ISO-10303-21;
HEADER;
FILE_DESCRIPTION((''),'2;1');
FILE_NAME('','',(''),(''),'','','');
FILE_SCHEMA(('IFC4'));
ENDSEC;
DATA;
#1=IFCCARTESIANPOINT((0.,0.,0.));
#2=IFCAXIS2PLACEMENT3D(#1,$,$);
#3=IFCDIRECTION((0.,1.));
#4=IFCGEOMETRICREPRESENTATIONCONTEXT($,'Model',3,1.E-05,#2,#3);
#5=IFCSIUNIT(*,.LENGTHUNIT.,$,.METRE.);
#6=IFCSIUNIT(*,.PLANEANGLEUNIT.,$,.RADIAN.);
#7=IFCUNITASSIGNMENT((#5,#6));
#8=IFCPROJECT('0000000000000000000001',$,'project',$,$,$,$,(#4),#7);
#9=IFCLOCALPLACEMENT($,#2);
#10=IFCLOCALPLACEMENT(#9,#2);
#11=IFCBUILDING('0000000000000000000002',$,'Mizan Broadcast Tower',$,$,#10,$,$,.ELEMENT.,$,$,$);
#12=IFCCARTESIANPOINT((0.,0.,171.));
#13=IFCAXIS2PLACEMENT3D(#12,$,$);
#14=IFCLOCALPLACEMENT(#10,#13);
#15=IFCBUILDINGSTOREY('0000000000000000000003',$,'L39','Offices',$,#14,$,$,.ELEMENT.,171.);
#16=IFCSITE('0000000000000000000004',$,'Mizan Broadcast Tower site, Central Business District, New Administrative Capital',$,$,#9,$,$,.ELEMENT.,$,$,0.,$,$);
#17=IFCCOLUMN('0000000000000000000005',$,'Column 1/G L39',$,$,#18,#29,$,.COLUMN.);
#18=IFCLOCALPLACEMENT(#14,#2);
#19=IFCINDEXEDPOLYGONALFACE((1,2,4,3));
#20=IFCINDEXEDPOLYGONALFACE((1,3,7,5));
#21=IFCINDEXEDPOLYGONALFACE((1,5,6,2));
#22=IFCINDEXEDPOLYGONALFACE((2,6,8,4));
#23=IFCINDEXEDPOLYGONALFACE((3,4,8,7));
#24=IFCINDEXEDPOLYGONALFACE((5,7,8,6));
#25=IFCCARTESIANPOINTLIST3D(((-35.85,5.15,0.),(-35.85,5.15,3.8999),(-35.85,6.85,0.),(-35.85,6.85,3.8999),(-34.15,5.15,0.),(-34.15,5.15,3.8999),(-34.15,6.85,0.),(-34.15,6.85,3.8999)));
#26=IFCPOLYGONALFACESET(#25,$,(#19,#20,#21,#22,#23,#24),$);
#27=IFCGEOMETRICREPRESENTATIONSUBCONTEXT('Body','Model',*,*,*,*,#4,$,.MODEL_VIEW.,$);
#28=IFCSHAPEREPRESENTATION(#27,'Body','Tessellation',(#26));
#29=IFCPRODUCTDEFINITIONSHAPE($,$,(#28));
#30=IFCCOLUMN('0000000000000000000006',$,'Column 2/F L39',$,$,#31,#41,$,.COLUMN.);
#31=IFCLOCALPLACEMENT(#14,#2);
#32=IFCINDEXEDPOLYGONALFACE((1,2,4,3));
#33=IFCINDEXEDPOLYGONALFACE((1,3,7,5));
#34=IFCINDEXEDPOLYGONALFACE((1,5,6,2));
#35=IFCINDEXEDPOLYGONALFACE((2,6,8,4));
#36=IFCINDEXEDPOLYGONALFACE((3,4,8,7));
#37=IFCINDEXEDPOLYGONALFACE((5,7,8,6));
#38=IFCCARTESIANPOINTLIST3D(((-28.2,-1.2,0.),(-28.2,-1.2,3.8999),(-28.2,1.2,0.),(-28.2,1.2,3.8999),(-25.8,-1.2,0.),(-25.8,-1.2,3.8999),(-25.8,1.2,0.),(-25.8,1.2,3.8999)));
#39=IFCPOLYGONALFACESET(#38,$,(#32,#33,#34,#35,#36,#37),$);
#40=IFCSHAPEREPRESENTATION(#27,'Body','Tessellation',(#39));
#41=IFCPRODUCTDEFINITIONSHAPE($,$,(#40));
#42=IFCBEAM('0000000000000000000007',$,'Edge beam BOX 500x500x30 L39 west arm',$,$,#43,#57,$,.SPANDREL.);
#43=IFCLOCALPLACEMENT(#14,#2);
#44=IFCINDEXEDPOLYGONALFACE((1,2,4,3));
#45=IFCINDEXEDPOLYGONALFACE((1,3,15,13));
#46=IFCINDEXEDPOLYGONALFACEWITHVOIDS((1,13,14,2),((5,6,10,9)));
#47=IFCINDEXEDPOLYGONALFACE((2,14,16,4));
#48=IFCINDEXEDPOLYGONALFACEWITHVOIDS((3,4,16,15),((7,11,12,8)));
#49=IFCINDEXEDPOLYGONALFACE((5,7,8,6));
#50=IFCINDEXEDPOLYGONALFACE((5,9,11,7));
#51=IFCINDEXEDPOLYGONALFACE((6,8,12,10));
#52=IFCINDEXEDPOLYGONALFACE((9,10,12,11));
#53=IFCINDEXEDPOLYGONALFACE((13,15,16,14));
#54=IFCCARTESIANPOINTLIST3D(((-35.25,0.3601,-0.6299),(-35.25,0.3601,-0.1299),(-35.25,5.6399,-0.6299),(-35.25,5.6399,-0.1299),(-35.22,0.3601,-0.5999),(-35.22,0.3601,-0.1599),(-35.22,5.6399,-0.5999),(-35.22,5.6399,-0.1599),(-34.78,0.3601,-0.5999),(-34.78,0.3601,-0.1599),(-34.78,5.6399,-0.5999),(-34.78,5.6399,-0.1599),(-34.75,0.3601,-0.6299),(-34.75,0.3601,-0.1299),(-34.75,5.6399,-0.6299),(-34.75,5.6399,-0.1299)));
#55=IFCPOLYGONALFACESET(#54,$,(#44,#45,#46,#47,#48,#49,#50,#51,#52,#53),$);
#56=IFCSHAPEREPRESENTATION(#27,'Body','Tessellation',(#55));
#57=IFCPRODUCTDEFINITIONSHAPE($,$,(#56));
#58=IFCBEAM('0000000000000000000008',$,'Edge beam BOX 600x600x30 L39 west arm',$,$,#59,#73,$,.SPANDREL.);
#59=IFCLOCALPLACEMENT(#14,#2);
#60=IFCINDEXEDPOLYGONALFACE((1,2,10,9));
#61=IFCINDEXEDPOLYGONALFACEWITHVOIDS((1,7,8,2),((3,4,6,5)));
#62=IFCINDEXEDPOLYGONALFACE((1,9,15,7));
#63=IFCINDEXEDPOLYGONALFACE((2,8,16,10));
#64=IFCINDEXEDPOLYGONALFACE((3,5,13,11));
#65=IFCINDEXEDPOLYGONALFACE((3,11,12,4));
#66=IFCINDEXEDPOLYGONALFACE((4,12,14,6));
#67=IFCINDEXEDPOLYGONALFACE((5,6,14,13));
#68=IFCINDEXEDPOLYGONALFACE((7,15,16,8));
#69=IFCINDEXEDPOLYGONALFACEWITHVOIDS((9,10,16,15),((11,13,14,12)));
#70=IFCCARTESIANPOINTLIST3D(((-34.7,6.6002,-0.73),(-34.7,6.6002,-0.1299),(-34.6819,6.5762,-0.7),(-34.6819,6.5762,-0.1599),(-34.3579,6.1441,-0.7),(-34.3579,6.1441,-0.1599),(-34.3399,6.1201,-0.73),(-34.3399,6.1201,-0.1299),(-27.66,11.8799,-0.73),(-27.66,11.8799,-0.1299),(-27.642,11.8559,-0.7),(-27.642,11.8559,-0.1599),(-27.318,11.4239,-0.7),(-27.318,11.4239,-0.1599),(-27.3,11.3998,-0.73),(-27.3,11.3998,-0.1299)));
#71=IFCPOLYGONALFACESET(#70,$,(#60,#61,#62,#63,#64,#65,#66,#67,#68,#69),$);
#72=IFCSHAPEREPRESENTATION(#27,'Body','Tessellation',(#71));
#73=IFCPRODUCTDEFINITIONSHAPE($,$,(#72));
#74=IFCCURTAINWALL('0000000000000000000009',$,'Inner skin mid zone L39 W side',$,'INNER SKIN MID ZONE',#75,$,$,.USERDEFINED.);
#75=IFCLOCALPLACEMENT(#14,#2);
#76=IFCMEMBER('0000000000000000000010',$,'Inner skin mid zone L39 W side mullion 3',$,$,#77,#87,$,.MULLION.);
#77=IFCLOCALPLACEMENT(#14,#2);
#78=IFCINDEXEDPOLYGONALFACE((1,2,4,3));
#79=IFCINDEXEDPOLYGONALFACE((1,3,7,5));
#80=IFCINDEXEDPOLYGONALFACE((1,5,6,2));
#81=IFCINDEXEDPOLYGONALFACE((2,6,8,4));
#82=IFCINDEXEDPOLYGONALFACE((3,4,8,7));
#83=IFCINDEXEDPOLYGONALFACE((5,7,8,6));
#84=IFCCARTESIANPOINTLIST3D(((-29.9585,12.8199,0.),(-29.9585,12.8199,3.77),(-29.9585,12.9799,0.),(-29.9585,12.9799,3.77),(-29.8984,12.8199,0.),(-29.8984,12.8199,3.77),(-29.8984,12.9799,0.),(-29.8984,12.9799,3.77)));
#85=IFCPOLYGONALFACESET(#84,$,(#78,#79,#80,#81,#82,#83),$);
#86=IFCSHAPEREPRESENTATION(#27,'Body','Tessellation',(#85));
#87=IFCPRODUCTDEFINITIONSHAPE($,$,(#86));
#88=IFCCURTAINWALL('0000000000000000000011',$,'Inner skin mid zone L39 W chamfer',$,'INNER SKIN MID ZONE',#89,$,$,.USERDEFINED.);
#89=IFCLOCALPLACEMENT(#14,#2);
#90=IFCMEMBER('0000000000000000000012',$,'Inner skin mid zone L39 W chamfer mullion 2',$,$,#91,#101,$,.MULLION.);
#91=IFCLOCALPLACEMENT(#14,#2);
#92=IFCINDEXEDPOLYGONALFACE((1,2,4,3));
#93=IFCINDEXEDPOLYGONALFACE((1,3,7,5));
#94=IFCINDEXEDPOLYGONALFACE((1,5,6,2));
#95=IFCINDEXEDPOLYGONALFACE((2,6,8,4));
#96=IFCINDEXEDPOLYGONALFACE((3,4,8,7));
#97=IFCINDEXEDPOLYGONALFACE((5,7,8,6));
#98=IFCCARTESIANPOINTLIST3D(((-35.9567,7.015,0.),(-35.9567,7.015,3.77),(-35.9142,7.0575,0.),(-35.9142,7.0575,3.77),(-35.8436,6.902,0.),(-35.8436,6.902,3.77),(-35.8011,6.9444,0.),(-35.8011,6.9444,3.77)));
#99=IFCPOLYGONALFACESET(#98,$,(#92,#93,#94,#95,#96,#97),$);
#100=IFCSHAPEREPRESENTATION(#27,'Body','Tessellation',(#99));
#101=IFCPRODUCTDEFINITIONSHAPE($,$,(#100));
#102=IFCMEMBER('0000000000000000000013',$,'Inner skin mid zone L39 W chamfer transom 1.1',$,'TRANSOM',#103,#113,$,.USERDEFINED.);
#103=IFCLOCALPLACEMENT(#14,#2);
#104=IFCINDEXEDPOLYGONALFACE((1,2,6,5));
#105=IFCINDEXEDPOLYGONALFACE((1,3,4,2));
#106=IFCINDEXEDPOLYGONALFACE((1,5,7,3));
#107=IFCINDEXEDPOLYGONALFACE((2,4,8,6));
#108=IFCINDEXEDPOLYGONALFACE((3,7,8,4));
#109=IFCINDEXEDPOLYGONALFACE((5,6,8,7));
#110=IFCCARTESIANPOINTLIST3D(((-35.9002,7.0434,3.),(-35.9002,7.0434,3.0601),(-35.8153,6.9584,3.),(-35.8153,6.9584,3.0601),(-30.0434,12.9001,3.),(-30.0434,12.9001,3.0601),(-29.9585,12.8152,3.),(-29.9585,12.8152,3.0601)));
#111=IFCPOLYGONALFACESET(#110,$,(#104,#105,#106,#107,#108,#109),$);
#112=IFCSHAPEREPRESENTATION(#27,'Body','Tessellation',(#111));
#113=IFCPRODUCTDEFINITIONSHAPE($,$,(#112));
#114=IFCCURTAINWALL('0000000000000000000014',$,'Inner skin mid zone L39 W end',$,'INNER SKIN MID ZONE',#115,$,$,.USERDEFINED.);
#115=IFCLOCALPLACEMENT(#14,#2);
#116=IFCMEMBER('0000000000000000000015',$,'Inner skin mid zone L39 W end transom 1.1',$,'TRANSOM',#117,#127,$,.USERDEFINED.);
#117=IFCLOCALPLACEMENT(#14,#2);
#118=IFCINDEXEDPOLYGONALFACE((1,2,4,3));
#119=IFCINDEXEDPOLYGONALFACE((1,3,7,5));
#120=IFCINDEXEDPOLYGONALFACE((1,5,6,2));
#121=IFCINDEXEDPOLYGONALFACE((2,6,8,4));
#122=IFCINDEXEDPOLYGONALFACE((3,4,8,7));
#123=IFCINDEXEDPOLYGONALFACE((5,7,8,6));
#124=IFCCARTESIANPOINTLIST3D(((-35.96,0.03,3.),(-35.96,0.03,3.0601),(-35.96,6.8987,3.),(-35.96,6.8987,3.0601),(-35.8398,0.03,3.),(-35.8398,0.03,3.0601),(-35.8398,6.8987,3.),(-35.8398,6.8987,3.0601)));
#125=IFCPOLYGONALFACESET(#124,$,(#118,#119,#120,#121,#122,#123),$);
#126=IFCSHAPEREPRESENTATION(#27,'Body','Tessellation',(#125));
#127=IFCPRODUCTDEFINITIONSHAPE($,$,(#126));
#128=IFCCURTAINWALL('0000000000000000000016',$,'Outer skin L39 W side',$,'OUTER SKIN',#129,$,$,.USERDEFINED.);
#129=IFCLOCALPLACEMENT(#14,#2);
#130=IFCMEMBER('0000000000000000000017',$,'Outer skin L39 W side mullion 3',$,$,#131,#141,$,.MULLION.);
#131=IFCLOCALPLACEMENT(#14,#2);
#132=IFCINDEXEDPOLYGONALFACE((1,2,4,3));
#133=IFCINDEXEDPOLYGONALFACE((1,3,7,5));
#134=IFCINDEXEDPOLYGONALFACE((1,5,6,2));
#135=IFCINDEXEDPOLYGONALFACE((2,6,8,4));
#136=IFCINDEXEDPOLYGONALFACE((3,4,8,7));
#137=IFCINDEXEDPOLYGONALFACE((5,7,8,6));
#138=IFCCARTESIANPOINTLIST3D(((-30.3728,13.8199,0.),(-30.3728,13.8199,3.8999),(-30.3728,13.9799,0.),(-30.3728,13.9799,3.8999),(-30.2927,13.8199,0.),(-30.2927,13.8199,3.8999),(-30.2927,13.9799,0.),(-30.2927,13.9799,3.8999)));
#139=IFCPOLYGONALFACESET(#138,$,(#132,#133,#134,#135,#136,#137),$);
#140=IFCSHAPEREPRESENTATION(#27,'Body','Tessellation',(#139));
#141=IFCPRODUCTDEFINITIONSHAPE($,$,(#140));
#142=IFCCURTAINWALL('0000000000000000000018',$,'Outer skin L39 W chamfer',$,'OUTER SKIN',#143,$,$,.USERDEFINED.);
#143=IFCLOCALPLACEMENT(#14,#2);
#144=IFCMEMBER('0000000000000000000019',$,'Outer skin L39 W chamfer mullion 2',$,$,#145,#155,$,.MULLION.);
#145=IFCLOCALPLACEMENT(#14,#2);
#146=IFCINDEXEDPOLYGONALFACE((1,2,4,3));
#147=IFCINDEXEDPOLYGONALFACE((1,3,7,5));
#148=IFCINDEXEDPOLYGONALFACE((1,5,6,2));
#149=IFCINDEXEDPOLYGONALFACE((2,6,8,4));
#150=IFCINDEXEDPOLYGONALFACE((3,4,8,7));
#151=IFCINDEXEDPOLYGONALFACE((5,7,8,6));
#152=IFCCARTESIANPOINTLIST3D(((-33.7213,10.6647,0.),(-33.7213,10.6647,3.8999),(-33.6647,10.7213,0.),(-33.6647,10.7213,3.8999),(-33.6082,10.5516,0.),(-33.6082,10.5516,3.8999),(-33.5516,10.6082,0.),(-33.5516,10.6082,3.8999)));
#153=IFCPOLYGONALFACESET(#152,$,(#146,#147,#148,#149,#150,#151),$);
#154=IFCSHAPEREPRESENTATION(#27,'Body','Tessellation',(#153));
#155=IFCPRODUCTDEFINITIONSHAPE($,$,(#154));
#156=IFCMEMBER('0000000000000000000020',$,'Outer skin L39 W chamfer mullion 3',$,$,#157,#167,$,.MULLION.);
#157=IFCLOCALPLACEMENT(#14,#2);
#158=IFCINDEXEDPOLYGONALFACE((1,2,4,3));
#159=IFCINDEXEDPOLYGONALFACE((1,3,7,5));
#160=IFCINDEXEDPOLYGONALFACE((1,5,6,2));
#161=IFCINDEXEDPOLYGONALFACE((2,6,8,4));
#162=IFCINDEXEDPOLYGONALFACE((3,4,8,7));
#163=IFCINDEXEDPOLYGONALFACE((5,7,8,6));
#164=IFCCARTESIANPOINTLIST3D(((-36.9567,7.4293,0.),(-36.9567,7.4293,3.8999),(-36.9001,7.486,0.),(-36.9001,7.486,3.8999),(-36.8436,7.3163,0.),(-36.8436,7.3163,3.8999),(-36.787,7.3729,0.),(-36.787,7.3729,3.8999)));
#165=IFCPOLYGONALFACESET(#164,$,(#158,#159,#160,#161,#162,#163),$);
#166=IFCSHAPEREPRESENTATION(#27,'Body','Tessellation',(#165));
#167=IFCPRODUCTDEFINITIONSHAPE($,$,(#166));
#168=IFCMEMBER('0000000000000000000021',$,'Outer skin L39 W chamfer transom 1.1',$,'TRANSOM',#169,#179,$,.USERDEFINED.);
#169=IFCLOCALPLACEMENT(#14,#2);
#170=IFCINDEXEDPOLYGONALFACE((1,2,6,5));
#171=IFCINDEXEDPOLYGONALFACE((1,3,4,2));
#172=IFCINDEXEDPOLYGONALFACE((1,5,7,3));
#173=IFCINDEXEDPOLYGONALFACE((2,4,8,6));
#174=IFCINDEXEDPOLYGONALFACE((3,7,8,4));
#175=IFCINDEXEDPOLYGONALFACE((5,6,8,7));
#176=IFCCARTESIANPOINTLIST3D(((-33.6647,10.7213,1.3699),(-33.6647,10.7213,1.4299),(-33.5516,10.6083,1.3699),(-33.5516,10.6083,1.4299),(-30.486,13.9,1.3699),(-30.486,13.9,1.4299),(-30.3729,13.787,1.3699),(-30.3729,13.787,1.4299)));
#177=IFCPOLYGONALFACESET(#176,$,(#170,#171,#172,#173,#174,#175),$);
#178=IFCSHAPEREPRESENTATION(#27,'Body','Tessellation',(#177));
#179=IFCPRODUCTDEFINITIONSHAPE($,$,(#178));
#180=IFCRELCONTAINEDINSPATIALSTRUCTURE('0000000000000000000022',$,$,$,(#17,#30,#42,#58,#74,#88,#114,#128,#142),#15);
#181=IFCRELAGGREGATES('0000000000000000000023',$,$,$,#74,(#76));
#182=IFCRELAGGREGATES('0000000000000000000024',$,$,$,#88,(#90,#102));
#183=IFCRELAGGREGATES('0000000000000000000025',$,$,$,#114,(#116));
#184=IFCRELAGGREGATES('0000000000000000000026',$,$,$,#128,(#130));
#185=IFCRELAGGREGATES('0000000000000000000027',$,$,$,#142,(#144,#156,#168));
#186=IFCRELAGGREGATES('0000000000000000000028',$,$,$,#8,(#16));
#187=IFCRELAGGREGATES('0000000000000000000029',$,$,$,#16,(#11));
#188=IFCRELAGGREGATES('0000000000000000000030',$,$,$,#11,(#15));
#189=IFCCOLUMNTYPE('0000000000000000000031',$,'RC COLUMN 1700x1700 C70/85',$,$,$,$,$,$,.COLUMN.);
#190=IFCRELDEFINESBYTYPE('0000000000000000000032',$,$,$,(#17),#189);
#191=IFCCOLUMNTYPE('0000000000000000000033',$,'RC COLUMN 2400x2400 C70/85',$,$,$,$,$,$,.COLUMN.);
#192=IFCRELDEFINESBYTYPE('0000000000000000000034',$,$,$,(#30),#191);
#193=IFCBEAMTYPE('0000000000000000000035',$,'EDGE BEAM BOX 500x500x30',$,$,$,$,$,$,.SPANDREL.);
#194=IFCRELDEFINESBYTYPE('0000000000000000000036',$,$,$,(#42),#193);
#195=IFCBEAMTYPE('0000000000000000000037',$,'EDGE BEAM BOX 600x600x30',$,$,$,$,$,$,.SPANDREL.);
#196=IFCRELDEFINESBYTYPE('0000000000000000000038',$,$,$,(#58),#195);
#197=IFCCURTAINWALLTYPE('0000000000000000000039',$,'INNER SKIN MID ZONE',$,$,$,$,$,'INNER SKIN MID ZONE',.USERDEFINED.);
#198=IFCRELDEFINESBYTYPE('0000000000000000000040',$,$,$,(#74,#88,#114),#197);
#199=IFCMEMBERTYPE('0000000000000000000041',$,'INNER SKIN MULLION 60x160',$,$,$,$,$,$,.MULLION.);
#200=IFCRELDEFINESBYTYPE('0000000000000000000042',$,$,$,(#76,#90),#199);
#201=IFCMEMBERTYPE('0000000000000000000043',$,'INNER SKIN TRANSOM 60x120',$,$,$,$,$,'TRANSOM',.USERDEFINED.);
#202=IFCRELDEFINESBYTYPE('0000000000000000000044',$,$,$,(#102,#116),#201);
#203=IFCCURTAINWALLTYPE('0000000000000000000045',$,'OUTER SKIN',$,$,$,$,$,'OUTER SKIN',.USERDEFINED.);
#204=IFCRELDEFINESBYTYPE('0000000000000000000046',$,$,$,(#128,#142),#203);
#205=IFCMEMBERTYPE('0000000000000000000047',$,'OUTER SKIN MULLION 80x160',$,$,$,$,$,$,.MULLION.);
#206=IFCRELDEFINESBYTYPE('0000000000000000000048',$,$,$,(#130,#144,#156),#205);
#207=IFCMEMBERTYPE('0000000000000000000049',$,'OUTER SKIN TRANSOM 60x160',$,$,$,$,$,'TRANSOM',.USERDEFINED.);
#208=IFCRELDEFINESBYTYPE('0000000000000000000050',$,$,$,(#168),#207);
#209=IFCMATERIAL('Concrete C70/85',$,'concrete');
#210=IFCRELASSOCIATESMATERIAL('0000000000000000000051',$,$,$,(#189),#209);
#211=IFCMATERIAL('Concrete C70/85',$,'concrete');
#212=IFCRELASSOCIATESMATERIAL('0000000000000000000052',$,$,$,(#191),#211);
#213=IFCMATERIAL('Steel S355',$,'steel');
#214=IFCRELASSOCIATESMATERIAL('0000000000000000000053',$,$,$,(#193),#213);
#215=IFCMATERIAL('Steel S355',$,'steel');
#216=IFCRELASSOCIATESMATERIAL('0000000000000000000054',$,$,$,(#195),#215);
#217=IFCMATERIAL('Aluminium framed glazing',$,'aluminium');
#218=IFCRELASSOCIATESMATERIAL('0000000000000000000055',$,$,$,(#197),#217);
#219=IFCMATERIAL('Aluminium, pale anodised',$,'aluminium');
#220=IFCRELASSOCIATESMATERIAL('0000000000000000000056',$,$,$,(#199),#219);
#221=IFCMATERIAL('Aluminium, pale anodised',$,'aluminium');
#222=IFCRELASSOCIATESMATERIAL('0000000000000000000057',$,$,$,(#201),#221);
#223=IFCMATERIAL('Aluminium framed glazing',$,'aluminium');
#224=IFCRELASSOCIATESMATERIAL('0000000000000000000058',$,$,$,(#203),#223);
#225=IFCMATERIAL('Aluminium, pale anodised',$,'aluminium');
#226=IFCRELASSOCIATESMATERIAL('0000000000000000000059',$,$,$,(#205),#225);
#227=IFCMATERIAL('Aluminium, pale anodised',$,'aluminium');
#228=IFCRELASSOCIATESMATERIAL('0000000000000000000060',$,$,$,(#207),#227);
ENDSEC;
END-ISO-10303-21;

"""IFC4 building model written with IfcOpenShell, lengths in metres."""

from ifc_helpers import new_model, si_unit, direction, frame, origin, origin_2d, place, context, subcontext, project, spatial, rectangle, hollow_rectangle, extrude, material, material_profile, profile_set, type_object, element, aggregate, save


model = new_model("IFC4")

# Units and contexts
model_context = context("Model", 3, precision=1e-05, world=origin(), true_north=direction((0.0, 1.0)))
body_context = subcontext(model_context, "Body", "Model", "MODEL_VIEW")
ifc_project = project(units=[si_unit("LENGTHUNIT", "METRE"), si_unit("PLANEANGLEUNIT", "RADIAN")], contexts=[model_context])

# Site, building, storey
site_placement = place(None, origin())
site = spatial("IfcSite", under=ifc_project, at=site_placement, Name="Mizan Broadcast Tower site, Central Business District, New Administrative Capital", CompositionType="ELEMENT", RefElevation=0.0)
building_placement = place(site_placement, origin())
building = spatial("IfcBuilding", under=site, at=building_placement, Name="Mizan Broadcast Tower", CompositionType="ELEMENT")
storey_placement = place(building_placement, frame((0.0, 0.0, 171.0)))
storey = spatial("IfcBuildingStorey", under=building, at=storey_placement, Name="L39", Description="Offices", CompositionType="ELEMENT", Elevation=171.0)

# Columns
ifc_material_1 = material(Name="Concrete C70/85", Category="concrete")
ifc_material_profile_1 = material_profile(ifc_material_1, rectangle(XDim=1.7, YDim=1.7, at=origin_2d()), Name="RC 1700x1700")
ifc_profile_set_1 = profile_set([ifc_material_profile_1], Name="Concrete C70/85")
column_type_1 = type_object("IfcColumnType", Name="RC COLUMN 1700x1700 C70/85", PredefinedType="COLUMN", material=ifc_profile_set_1)
column_1_placement = place(storey_placement, frame((-35.0, 6.0, 0.0), z_axis=(0.0, 0.0, 1.0), x_axis=(1.0, 0.0, 0.0)))
element("IfcColumn", 1, at=column_1_placement, inside=storey, type_object=column_type_1, Name="Column 1/G L39", PredefinedType="COLUMN", context=body_context, shape_type="SweptSolid", body=[
    extrude(rectangle(XDim=1.7, YDim=1.7, at=origin_2d()), origin(), (0.0, 0.0, 1.0), 3.8999),
])
ifc_material_2 = material(Name="Concrete C70/85", Category="concrete")
ifc_material_profile_2 = material_profile(ifc_material_2, rectangle(XDim=2.3999, YDim=2.3999, at=origin_2d()), Name="RC 2400x2400")
ifc_profile_set_2 = profile_set([ifc_material_profile_2], Name="Concrete C70/85")
column_type_2 = type_object("IfcColumnType", Name="RC COLUMN 2400x2400 C70/85", PredefinedType="COLUMN", material=ifc_profile_set_2)
column_2_placement = place(storey_placement, frame((-27.0, 0.0, 0.0), z_axis=(0.0, 0.0, 1.0), x_axis=(1.0, 0.0, 0.0)))
element("IfcColumn", 2, at=column_2_placement, inside=storey, type_object=column_type_2, Name="Column 2/F L39", PredefinedType="COLUMN", context=body_context, shape_type="SweptSolid", body=[
    extrude(rectangle(XDim=2.3999, YDim=2.3999, at=origin_2d()), origin(), (0.0, 0.0, 1.0), 3.8999),
])

# Beams
ifc_material_3 = material(Name="Steel S355", Category="steel")
ifc_material_profile_3 = material_profile(ifc_material_3, hollow_rectangle(XDim=0.5, YDim=0.5, WallThickness=0.03, at=origin_2d()), Name="BOX 500x500x30")
ifc_profile_set_3 = profile_set([ifc_material_profile_3], Name="Steel S355")
beam_type_1 = type_object("IfcBeamType", Name="EDGE BEAM BOX 500x500x30", PredefinedType="SPANDREL", material=ifc_profile_set_3)
beam_1_placement = place(storey_placement, frame((-35.0, 5.6399, -0.3799), z_axis=(0.0, -1.0, 0.0), x_axis=(1.0, 0.0, 0.0)))
element("IfcBeam", 3, at=beam_1_placement, inside=storey, type_object=beam_type_1, Name="Edge beam BOX 500x500x30 L39 west arm", PredefinedType="SPANDREL", context=body_context, shape_type="SweptSolid", body=[
    extrude(hollow_rectangle(XDim=0.5, YDim=0.5, WallThickness=0.03, at=origin_2d()), origin(), (0.0, 0.0, 1.0), 5.2798),
])
ifc_material_4 = material(Name="Steel S355", Category="steel")
ifc_material_profile_4 = material_profile(ifc_material_4, hollow_rectangle(XDim=0.6001, YDim=0.6001, WallThickness=0.03, at=origin_2d()), Name="BOX 600x600x30")
ifc_profile_set_4 = profile_set([ifc_material_profile_4], Name="Steel S355")
beam_type_2 = type_object("IfcBeamType", Name="EDGE BEAM BOX 600x600x30", PredefinedType="SPANDREL", material=ifc_profile_set_4)
beam_2_placement = place(storey_placement, frame((-27.48, 11.6399, -0.4299), z_axis=(-0.800013, -0.599982, 0.0), x_axis=(0.599982, -0.800013, 0.0)))
element("IfcBeam", 4, at=beam_2_placement, inside=storey, type_object=beam_type_2, Name="Edge beam BOX 600x600x30 L39 west arm", PredefinedType="SPANDREL", context=body_context, shape_type="SweptSolid", body=[
    extrude(hollow_rectangle(XDim=0.6001, YDim=0.6001, WallThickness=0.03, at=origin_2d()), origin(), (0.0, 0.0, 1.0), 8.7998),
])

# Curtain wall, member
ifc_material_5 = material(Name="Aluminium framed glazing", Category="aluminium")
curtain_wall_type_1 = type_object("IfcCurtainWallType", Name="INNER SKIN MID ZONE", ElementType="INNER SKIN MID ZONE", PredefinedType="USERDEFINED", material=ifc_material_5)
curtain_wall_1_placement = place(storey_placement, origin())
curtain_wall_1 = element("IfcCurtainWall", 5, at=curtain_wall_1_placement, inside=storey, type_object=curtain_wall_type_1, Name="Inner skin mid zone L39 W side", ObjectType="INNER SKIN MID ZONE", PredefinedType="USERDEFINED")
ifc_material_6 = material(Name="Aluminium, pale anodised", Category="aluminium")
ifc_material_profile_5 = material_profile(ifc_material_6, rectangle(XDim=0.1599, YDim=0.0601, at=origin_2d()), Name="MULLION 160x60")
ifc_profile_set_5 = profile_set([ifc_material_profile_5], Name="Aluminium, pale anodised")
member_type_1 = type_object("IfcMemberType", Name="INNER SKIN MULLION 60x160", PredefinedType="MULLION", material=ifc_profile_set_5)
member_1_placement = place(storey_placement, frame((-29.9285, 12.8999, 0.0), z_axis=(0.0, 0.0, 1.0), x_axis=(0.0, -1.0, 0.0)))
member_1 = element("IfcMember", 6, at=member_1_placement, type_object=member_type_1, Name="Inner skin mid zone L39 W side mullion 3", PredefinedType="MULLION", context=body_context, shape_type="SweptSolid", body=[
    extrude(rectangle(XDim=0.1599, YDim=0.0601, at=origin_2d()), origin(), (0.0, 0.0, 1.0), 3.77),
])

# Curtain wall, members
curtain_wall_2_placement = place(storey_placement, origin())
curtain_wall_2 = element("IfcCurtainWall", 7, at=curtain_wall_2_placement, inside=storey, type_object=curtain_wall_type_1, Name="Inner skin mid zone L39 W chamfer", ObjectType="INNER SKIN MID ZONE", PredefinedType="USERDEFINED")
member_2_placement = place(storey_placement, frame((-35.8789, 6.9797, 0.0), z_axis=(0.0, 0.0, 1.0), x_axis=(0.707107, -0.707107, 0.0)))
member_2 = element("IfcMember", 8, at=member_2_placement, type_object=member_type_1, Name="Inner skin mid zone L39 W chamfer mullion 2", PredefinedType="MULLION", context=body_context, shape_type="SweptSolid", body=[
    extrude(rectangle(XDim=0.1599, YDim=0.0601, at=origin_2d()), origin(), (0.0, 0.0, 1.0), 3.77),
])
ifc_material_7 = material(Name="Aluminium, pale anodised", Category="aluminium")
ifc_material_profile_6 = material_profile(ifc_material_7, rectangle(XDim=0.1201, YDim=0.0601, at=origin_2d()), Name="TRANSOM 120x60")
ifc_profile_set_6 = profile_set([ifc_material_profile_6], Name="Aluminium, pale anodised")
member_type_2 = type_object("IfcMemberType", Name="INNER SKIN TRANSOM 60x120", ElementType="TRANSOM", PredefinedType="USERDEFINED", material=ifc_profile_set_6)
member_3_placement = place(storey_placement, frame((-30.001, 12.8577, 3.03), z_axis=(-0.707107, -0.707107, 0.0), x_axis=(0.707107, -0.707107, 0.0)))
member_3 = element("IfcMember", 9, at=member_3_placement, type_object=member_type_2, Name="Inner skin mid zone L39 W chamfer transom 1.1", ObjectType="TRANSOM", PredefinedType="USERDEFINED", context=body_context, shape_type="SweptSolid", body=[
    extrude(rectangle(XDim=0.1201, YDim=0.0601, at=origin_2d()), origin(), (0.0, 0.0, 1.0), 8.2827),
])

# Curtain walls, members
curtain_wall_3_placement = place(storey_placement, origin())
curtain_wall_3 = element("IfcCurtainWall", 10, at=curtain_wall_3_placement, inside=storey, type_object=curtain_wall_type_1, Name="Inner skin mid zone L39 W end", ObjectType="INNER SKIN MID ZONE", PredefinedType="USERDEFINED")
member_4_placement = place(storey_placement, frame((-35.8999, 6.8987, 3.03), z_axis=(0.0, -1.0, 0.0), x_axis=(1.0, 0.0, 0.0)))
member_4 = element("IfcMember", 11, at=member_4_placement, type_object=member_type_2, Name="Inner skin mid zone L39 W end transom 1.1", ObjectType="TRANSOM", PredefinedType="USERDEFINED", context=body_context, shape_type="SweptSolid", body=[
    extrude(rectangle(XDim=0.1201, YDim=0.0601, at=origin_2d()), origin(), (0.0, 0.0, 1.0), 6.8687),
])
ifc_material_8 = material(Name="Aluminium framed glazing", Category="aluminium")
curtain_wall_type_2 = type_object("IfcCurtainWallType", Name="OUTER SKIN", ElementType="OUTER SKIN", PredefinedType="USERDEFINED", material=ifc_material_8)
curtain_wall_4_placement = place(storey_placement, origin())
curtain_wall_4 = element("IfcCurtainWall", 12, at=curtain_wall_4_placement, inside=storey, type_object=curtain_wall_type_2, Name="Outer skin L39 W side", ObjectType="OUTER SKIN", PredefinedType="USERDEFINED")
ifc_material_9 = material(Name="Aluminium, pale anodised", Category="aluminium")
ifc_material_profile_7 = material_profile(ifc_material_9, rectangle(XDim=0.1599, YDim=0.0801, at=origin_2d()), Name="MULLION 160x80")
ifc_profile_set_7 = profile_set([ifc_material_profile_7], Name="Aluminium, pale anodised")
member_type_3 = type_object("IfcMemberType", Name="OUTER SKIN MULLION 80x160", PredefinedType="MULLION", material=ifc_profile_set_7)
member_5_placement = place(storey_placement, frame((-30.3328, 13.8999, 0.0), z_axis=(0.0, 0.0, 1.0), x_axis=(0.0, -1.0, 0.0)))
member_5 = element("IfcMember", 13, at=member_5_placement, type_object=member_type_3, Name="Outer skin L39 W side mullion 3", PredefinedType="MULLION", context=body_context, shape_type="SweptSolid", body=[
    extrude(rectangle(XDim=0.1599, YDim=0.0801, at=origin_2d()), origin(), (0.0, 0.0, 1.0), 3.8999),
])

# Curtain wall, members
curtain_wall_5_placement = place(storey_placement, origin())
curtain_wall_5 = element("IfcCurtainWall", 14, at=curtain_wall_5_placement, inside=storey, type_object=curtain_wall_type_2, Name="Outer skin L39 W chamfer", ObjectType="OUTER SKIN", PredefinedType="USERDEFINED")
member_6_placement = place(storey_placement, frame((-33.6365, 10.6365, 0.0), z_axis=(0.0, 0.0, 1.0), x_axis=(0.707107, -0.707107, 0.0)))
member_6 = element("IfcMember", 15, at=member_6_placement, type_object=member_type_3, Name="Outer skin L39 W chamfer mullion 2", PredefinedType="MULLION", context=body_context, shape_type="SweptSolid", body=[
    extrude(rectangle(XDim=0.1599, YDim=0.0801, at=origin_2d()), origin(), (0.0, 0.0, 1.0), 3.8999),
])
member_7_placement = place(storey_placement, frame((-36.8718, 7.4011, 0.0), z_axis=(0.0, 0.0, 1.0), x_axis=(0.707107, -0.707107, 0.0)))
member_7 = element("IfcMember", 16, at=member_7_placement, type_object=member_type_3, Name="Outer skin L39 W chamfer mullion 3", PredefinedType="MULLION", context=body_context, shape_type="SweptSolid", body=[
    extrude(rectangle(XDim=0.1599, YDim=0.0801, at=origin_2d()), origin(), (0.0, 0.0, 1.0), 3.8999),
])
ifc_material_10 = material(Name="Aluminium, pale anodised", Category="aluminium")
ifc_material_profile_8 = material_profile(ifc_material_10, rectangle(XDim=0.1599, YDim=0.0601, at=origin_2d()), Name="TRANSOM 160x60")
ifc_profile_set_8 = profile_set([ifc_material_profile_8], Name="Aluminium, pale anodised")
member_type_4 = type_object("IfcMemberType", Name="OUTER SKIN TRANSOM 60x160", ElementType="TRANSOM", PredefinedType="USERDEFINED", material=ifc_profile_set_8)
member_8_placement = place(storey_placement, frame((-30.4294, 13.8435, 1.3999), z_axis=(-0.707107, -0.707107, 0.0), x_axis=(0.707107, -0.707107, 0.0)))
member_8 = element("IfcMember", 17, at=member_8_placement, type_object=member_type_4, Name="Outer skin L39 W chamfer transom 1.1", ObjectType="TRANSOM", PredefinedType="USERDEFINED", context=body_context, shape_type="SweptSolid", body=[
    extrude(rectangle(XDim=0.1599, YDim=0.0601, at=origin_2d()), origin(), (0.0, 0.0, 1.0), 4.4954),
])

aggregate(curtain_wall_1, [member_1])
aggregate(curtain_wall_2, [member_2, member_3])
aggregate(curtain_wall_3, [member_4])
aggregate(curtain_wall_4, [member_5])
aggregate(curtain_wall_5, [member_6, member_7, member_8])

save(model, "model.ifc")
